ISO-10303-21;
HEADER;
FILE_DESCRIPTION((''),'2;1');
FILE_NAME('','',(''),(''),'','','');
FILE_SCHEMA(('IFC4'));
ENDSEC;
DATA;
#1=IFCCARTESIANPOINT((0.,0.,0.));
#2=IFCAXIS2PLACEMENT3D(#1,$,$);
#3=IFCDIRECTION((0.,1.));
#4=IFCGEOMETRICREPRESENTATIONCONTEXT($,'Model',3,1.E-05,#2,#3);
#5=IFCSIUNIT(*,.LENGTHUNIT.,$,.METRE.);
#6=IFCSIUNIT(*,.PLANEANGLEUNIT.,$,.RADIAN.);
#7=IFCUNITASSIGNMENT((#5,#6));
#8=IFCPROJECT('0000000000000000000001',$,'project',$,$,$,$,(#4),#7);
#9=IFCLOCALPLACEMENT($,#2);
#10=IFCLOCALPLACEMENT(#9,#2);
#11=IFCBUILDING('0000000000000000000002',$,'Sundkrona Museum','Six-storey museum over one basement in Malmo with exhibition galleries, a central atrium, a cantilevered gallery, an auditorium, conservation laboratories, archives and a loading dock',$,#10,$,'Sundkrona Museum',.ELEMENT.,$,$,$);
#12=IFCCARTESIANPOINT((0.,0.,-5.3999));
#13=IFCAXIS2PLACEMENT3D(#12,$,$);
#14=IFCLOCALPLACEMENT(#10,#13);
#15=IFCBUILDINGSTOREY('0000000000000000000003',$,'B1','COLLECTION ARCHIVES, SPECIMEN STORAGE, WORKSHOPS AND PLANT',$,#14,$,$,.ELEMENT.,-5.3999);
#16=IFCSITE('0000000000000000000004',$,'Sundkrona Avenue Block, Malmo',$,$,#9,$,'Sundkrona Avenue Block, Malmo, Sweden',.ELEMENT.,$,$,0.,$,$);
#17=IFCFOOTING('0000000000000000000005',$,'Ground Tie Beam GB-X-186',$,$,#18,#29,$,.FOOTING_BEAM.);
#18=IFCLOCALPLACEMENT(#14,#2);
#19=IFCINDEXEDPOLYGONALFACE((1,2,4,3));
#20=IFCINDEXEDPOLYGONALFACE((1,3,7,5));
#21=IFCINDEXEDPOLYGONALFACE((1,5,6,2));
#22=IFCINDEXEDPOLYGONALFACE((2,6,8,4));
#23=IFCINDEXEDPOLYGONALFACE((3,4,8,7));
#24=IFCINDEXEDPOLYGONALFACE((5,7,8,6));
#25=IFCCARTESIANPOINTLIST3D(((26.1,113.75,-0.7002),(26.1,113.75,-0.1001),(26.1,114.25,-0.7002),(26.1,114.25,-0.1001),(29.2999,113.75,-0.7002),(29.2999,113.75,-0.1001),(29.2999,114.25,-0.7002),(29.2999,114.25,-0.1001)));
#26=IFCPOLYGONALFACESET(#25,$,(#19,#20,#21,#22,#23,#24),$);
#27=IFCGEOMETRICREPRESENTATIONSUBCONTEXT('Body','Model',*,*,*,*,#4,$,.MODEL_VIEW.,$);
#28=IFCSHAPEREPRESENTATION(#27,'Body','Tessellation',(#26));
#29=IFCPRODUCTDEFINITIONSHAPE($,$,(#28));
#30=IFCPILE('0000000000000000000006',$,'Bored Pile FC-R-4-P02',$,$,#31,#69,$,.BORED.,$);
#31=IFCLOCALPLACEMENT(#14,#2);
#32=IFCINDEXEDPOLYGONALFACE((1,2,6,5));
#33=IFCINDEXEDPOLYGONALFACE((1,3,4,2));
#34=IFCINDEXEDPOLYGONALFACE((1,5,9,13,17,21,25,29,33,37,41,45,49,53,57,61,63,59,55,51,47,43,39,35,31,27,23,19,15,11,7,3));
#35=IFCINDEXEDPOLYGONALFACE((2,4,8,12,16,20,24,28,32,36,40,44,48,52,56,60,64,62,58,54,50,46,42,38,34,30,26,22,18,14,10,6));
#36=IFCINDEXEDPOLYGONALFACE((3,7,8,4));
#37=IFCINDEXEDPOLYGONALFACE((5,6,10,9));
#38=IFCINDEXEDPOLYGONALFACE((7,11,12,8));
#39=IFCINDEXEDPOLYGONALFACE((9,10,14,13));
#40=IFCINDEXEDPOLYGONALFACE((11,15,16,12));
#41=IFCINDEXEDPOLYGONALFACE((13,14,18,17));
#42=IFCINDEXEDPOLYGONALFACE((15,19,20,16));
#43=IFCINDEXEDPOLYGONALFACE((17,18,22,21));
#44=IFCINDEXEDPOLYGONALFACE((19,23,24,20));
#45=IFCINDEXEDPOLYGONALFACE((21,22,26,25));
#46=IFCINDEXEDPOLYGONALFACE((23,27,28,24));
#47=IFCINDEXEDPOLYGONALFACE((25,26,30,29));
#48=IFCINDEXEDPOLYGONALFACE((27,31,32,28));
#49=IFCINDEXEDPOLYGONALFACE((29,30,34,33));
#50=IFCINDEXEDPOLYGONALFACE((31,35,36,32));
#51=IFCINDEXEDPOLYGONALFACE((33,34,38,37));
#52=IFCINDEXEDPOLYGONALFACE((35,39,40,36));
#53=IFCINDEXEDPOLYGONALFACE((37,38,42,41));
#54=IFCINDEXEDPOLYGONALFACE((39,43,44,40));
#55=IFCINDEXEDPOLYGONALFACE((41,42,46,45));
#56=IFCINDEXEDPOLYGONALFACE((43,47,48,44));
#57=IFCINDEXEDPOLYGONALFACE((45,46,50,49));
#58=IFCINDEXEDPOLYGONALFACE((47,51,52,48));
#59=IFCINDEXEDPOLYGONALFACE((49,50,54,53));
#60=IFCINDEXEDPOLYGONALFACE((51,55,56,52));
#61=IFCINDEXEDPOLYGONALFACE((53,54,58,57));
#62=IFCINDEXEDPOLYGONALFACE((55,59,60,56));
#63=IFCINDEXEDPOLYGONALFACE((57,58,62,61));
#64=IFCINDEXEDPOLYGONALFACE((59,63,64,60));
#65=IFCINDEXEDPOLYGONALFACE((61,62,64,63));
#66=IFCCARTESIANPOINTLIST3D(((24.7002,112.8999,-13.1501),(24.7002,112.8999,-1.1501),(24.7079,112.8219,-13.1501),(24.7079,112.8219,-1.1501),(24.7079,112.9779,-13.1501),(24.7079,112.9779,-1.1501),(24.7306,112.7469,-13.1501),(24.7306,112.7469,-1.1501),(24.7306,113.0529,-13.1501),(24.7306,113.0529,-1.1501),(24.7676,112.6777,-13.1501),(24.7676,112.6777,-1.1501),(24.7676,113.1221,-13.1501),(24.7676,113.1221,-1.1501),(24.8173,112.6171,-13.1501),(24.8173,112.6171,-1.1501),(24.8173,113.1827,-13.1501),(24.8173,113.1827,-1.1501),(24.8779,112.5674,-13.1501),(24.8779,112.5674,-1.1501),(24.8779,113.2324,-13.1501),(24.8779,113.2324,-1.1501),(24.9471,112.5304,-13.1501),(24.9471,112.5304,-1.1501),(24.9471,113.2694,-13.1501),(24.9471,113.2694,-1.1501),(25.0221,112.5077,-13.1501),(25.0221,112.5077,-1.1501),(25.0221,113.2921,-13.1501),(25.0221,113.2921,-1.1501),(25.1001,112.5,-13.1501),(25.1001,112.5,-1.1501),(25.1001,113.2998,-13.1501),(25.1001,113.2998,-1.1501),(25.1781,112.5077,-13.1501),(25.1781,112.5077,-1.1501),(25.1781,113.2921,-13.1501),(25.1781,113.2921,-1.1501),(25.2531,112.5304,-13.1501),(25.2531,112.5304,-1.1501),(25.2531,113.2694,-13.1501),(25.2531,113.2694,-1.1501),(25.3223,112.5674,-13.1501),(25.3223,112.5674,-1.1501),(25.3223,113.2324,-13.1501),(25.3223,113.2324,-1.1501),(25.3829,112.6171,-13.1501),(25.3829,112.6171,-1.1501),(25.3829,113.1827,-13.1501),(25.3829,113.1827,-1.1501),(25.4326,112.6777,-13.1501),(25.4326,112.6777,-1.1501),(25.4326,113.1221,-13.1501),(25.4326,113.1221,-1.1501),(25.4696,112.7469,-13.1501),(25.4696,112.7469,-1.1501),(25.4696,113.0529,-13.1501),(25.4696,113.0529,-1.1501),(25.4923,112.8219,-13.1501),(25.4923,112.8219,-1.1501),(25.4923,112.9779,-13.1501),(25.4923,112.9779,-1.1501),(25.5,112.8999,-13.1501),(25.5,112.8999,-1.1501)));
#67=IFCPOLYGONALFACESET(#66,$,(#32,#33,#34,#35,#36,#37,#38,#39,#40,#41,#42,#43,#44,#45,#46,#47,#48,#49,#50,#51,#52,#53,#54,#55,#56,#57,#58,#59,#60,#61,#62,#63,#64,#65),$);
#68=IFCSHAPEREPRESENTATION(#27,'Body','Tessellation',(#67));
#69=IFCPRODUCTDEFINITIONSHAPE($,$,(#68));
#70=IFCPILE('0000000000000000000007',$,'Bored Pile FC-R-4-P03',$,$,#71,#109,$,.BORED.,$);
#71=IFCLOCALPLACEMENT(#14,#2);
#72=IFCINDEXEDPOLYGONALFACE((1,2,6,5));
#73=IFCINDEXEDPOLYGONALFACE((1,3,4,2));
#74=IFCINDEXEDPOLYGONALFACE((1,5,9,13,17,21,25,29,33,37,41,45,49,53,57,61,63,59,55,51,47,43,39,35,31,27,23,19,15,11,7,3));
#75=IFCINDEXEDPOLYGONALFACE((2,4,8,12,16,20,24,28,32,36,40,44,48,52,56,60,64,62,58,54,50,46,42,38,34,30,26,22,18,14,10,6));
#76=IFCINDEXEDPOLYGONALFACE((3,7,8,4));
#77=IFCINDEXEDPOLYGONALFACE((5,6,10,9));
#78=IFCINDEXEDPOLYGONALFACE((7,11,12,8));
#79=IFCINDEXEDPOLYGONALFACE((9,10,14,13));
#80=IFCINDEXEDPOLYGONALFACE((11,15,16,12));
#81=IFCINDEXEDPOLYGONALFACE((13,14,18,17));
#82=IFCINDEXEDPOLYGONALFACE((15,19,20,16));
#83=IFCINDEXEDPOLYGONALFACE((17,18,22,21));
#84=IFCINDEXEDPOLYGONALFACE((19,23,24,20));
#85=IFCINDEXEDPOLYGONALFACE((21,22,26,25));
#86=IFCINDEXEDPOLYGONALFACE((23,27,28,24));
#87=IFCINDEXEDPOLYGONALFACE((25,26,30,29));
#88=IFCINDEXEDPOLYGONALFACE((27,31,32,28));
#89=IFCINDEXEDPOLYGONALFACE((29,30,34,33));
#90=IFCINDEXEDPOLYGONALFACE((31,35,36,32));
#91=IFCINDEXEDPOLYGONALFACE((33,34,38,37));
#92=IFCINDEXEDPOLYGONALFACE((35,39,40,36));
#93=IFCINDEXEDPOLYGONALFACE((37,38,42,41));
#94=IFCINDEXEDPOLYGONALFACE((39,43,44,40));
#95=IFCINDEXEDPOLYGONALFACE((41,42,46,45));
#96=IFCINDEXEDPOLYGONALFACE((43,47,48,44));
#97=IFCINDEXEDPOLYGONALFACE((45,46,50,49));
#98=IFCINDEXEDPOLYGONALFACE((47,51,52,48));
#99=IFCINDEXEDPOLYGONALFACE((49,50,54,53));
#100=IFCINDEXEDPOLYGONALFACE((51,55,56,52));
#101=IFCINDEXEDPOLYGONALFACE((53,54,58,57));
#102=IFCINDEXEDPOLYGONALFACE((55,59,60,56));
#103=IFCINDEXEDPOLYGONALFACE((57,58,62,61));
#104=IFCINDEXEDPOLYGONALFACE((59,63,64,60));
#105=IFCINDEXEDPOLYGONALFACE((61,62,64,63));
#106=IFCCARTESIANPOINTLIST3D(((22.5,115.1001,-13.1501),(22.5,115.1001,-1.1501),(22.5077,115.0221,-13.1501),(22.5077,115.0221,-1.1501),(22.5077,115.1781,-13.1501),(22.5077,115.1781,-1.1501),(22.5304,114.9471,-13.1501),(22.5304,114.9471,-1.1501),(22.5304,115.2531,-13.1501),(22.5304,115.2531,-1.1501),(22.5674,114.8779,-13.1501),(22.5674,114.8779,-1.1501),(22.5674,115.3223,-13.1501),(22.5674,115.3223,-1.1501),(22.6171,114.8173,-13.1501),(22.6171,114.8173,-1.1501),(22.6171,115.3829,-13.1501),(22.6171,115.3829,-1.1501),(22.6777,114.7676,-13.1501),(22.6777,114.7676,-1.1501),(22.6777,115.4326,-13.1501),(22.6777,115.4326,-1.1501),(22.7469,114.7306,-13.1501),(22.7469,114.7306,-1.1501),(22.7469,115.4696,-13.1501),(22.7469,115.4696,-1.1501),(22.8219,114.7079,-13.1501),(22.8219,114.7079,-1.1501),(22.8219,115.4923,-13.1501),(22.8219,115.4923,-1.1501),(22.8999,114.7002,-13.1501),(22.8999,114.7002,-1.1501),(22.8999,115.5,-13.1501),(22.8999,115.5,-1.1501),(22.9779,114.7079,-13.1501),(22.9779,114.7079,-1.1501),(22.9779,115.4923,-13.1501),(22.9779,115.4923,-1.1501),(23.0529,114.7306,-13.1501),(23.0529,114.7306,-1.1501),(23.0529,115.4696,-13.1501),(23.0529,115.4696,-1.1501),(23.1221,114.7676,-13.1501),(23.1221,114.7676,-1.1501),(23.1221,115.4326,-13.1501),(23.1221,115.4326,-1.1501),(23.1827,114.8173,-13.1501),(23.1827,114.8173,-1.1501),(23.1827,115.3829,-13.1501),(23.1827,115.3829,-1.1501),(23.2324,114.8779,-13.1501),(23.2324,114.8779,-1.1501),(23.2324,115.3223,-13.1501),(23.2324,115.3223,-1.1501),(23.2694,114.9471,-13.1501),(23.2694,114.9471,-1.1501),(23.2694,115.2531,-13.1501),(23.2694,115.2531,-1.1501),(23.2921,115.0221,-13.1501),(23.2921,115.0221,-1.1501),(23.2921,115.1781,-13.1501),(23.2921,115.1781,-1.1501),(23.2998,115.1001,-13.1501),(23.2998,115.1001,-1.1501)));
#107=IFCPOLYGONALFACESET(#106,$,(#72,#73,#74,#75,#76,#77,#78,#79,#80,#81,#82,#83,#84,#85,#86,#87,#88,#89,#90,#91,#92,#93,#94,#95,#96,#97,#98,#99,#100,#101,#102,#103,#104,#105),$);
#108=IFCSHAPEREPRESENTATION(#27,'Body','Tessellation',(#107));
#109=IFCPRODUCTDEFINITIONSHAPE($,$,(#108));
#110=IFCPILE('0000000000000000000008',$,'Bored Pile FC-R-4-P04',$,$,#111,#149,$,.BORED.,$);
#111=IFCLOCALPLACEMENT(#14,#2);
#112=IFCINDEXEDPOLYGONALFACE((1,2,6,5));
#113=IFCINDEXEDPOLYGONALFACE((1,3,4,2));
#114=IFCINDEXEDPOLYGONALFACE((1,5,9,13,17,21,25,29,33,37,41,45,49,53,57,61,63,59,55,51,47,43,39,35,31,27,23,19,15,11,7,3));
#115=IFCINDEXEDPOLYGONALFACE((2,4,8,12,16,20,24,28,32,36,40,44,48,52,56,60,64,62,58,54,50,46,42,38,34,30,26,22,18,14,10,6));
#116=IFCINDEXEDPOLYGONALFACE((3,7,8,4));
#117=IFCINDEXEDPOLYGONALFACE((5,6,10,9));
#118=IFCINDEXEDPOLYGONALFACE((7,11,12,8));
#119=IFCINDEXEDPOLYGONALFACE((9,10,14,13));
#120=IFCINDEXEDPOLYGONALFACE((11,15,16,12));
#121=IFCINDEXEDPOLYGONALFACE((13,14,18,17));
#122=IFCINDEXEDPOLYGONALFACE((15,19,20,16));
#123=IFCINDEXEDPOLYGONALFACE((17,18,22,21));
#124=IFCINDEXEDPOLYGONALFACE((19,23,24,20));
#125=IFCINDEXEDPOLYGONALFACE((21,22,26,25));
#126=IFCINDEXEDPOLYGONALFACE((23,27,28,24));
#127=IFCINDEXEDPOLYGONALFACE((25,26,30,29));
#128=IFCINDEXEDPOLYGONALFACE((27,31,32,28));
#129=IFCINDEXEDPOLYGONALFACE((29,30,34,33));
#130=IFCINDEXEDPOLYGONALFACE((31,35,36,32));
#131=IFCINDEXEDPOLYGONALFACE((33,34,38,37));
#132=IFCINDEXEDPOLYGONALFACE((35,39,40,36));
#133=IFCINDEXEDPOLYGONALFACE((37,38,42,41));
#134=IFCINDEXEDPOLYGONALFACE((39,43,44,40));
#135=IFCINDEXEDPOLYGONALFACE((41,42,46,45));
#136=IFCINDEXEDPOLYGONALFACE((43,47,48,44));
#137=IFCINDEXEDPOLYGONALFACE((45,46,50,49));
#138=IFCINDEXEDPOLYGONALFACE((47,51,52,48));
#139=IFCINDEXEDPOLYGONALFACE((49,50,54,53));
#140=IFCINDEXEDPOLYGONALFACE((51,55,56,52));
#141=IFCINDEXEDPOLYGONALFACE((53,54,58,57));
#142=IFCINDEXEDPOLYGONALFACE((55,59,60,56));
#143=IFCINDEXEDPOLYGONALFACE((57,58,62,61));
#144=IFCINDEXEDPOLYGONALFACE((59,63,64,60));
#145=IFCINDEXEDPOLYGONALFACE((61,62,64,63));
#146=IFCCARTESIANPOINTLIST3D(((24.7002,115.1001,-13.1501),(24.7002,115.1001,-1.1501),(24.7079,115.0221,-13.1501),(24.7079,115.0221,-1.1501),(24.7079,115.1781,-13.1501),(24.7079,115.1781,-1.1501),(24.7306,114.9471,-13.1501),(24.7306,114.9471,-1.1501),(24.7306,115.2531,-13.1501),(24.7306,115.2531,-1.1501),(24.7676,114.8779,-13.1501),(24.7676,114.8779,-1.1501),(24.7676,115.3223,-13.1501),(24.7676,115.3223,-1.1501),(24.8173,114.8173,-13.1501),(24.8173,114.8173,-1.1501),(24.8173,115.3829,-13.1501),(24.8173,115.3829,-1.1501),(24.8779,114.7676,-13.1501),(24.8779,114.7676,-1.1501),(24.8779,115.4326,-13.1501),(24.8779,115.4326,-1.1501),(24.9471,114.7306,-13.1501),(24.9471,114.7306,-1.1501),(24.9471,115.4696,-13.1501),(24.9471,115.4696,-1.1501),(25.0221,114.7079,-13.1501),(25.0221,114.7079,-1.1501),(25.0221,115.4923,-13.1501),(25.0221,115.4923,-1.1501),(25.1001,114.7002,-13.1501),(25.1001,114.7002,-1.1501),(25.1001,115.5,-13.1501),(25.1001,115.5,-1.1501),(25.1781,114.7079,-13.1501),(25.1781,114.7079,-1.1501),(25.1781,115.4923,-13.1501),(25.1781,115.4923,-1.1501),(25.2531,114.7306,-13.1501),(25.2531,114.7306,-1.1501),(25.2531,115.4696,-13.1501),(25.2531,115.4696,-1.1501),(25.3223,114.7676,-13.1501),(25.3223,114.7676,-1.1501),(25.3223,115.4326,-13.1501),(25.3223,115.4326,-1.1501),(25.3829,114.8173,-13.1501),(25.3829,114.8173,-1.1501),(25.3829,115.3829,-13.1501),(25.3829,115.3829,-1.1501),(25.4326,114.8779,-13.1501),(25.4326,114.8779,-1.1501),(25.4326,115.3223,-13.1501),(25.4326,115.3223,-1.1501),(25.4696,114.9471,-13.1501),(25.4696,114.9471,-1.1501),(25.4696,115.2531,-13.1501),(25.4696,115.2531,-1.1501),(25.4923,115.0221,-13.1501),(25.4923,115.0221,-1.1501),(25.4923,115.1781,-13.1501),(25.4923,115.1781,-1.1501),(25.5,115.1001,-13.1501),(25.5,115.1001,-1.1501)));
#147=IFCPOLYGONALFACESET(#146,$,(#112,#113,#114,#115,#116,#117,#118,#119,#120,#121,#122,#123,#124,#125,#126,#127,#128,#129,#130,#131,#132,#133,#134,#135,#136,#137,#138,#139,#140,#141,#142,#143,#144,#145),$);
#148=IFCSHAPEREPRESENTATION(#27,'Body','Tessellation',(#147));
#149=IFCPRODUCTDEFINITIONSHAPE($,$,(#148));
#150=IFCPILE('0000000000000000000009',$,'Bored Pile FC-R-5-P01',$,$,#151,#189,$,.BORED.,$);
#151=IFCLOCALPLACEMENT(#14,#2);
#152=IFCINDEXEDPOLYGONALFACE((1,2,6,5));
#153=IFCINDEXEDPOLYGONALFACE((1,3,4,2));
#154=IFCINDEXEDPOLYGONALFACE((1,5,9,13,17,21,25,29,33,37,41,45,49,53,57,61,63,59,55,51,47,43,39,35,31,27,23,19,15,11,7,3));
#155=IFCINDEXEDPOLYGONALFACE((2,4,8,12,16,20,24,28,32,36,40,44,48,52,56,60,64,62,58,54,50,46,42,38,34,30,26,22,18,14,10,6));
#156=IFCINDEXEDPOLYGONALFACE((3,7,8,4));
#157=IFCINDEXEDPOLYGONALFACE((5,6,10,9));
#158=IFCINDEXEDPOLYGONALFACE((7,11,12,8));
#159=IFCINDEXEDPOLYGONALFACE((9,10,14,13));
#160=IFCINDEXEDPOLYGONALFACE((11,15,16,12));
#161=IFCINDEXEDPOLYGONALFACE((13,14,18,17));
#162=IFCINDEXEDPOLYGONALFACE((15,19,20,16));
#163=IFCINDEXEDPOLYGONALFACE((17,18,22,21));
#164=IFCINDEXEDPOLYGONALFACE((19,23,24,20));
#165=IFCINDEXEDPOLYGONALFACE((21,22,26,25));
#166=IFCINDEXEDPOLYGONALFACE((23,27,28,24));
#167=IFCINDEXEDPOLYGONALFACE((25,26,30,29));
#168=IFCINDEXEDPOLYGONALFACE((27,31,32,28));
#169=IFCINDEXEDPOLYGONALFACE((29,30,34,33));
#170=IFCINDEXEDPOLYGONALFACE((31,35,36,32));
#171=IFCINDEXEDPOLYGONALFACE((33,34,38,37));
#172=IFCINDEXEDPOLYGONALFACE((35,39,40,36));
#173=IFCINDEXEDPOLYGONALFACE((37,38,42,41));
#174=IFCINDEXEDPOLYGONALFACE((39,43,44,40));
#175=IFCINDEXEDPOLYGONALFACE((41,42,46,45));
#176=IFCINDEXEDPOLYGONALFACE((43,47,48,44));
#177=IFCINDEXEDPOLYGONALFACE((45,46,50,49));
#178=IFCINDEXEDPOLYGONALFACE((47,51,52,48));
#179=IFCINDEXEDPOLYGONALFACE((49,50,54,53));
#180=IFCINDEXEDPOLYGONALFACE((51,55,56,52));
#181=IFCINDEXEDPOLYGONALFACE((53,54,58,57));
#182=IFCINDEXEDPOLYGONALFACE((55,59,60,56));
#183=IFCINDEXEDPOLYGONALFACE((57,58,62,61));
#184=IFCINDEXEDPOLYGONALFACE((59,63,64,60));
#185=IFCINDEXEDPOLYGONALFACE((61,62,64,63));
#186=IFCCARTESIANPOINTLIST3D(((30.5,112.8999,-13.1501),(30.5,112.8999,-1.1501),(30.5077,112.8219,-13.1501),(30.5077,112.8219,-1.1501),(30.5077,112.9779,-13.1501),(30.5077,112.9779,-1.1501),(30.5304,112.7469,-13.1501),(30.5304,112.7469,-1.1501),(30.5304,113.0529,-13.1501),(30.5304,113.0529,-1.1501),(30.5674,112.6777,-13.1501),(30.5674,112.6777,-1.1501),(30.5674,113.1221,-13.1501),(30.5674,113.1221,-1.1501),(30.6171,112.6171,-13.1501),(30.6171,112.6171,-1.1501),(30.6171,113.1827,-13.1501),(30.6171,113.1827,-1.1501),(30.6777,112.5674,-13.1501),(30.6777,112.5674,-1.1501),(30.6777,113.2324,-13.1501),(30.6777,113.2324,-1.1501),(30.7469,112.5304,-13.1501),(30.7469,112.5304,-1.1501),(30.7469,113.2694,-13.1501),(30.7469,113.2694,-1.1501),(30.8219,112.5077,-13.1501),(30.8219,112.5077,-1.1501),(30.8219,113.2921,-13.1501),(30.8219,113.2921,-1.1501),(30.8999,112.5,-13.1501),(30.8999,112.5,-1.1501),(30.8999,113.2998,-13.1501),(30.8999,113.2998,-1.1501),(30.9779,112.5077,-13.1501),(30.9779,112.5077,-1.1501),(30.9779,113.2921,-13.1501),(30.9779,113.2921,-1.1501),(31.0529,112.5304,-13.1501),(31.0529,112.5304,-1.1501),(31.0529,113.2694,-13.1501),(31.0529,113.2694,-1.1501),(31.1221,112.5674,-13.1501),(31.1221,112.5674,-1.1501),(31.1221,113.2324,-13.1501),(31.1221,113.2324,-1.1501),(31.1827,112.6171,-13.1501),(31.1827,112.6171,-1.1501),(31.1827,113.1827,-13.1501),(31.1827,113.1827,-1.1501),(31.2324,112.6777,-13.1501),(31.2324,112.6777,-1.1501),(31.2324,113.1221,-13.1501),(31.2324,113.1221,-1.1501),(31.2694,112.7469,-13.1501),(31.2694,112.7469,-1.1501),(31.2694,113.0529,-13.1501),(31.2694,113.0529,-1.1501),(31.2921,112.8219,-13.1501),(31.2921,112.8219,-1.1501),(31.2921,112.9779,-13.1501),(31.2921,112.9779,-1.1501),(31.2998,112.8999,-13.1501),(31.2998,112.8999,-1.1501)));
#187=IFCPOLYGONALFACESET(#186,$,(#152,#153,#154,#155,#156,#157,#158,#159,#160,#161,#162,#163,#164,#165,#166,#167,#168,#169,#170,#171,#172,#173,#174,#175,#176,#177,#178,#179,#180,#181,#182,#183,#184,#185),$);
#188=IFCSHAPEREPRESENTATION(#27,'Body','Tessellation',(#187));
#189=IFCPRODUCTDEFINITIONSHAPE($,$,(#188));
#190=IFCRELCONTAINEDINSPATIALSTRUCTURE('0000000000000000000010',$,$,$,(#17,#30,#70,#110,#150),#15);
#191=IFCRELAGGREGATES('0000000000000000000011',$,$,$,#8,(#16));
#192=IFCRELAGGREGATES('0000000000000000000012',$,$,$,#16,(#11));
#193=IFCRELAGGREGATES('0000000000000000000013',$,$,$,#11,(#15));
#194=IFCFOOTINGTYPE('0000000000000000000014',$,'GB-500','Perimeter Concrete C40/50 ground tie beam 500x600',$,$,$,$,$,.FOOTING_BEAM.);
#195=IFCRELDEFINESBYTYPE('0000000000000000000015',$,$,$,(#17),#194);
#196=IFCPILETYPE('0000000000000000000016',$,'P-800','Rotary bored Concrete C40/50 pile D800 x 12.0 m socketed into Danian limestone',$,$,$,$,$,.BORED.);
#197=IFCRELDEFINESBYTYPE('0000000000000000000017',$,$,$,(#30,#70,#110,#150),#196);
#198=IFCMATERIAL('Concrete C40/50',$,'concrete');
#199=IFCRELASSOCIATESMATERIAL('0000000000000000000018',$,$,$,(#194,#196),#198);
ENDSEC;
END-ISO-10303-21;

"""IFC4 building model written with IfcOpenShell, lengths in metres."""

from ifc_helpers import new_model, si_unit, direction, frame, origin, origin_2d, place, context, subcontext, project, spatial, rectangle, circle, extrude, material, material_profile, profile_set, type_object, element, save


model = new_model("IFC4")

# Units and contexts
model_context = context("Model", 3, precision=1e-05, world=origin(), true_north=direction((0.0, 1.0)))
body_context = subcontext(model_context, "Body", "Model", "MODEL_VIEW")
ifc_project = project(units=[si_unit("LENGTHUNIT", "METRE"), si_unit("PLANEANGLEUNIT", "RADIAN")], contexts=[model_context])

# Site, building, storey
site_placement = place(None, origin())
site = spatial("IfcSite", under=ifc_project, at=site_placement, Name="Sundkrona Avenue Block, Malmo", LongName="Sundkrona Avenue Block, Malmo, Sweden", CompositionType="ELEMENT", RefElevation=0.0)
building_placement = place(site_placement, origin())
building = spatial("IfcBuilding", under=site, at=building_placement, Name="Sundkrona Museum", Description="Six-storey museum over one basement in Malmo with exhibition galleries, a central atrium, a cantilevered gallery, an auditorium, conservation laboratories, archives and a loading dock", LongName="Sundkrona Museum", CompositionType="ELEMENT")
storey_placement = place(building_placement, frame((0.0, 0.0, -5.3999)))
storey = spatial("IfcBuildingStorey", under=building, at=storey_placement, Name="B1", Description="COLLECTION ARCHIVES, SPECIMEN STORAGE, WORKSHOPS AND PLANT", CompositionType="ELEMENT", Elevation=-5.3999)

# Footing
ifc_material_1 = material(Name="Concrete C40/50", Category="concrete")
footing_type_1 = type_object("IfcFootingType", Name="GB-500", Description="Perimeter Concrete C40/50 ground tie beam 500x600", PredefinedType="FOOTING_BEAM", material=ifc_material_1)
footing_1_placement = place(storey_placement, frame((27.7, 114.0, -0.7002), z_axis=(0.0, 0.0, 1.0), x_axis=(1.0, 0.0, 0.0)))
element("IfcFooting", 1, at=footing_1_placement, inside=storey, type_object=footing_type_1, Name="Ground Tie Beam GB-X-186", PredefinedType="FOOTING_BEAM", context=body_context, shape_type="SweptSolid", body=[
    extrude(rectangle(XDim=3.2, YDim=0.5, at=origin_2d()), origin(), (0.0, 0.0, 1.0), 0.6001),
])

# Piles
ifc_material_profile_1 = material_profile(ifc_material_1, circle(Radius=0.3999, at=origin_2d()), Name="PILE D800")
ifc_profile_set_1 = profile_set([ifc_material_profile_1], Name="Concrete C40/50")
pile_type = type_object("IfcPileType", Name="P-800", Description="Rotary bored Concrete C40/50 pile D800 x 12.0 m socketed into Danian limestone", PredefinedType="BORED", material=ifc_profile_set_1)
for number, where, z_axis, x_axis, name in (
    (2, (25.1001, 112.8999, -1.1501), (0.0, 0.0, -1.0), (1.0, 0.0, 0.0), "Bored Pile FC-R-4-P02"),
    (3, (22.8999, 115.1001, -1.1501), (0.0, 0.0, -1.0), (1.0, 0.0, 0.0), "Bored Pile FC-R-4-P03"),
    (4, (25.1001, 115.1001, -1.1501), (0.0, 0.0, -1.0), (1.0, 0.0, 0.0), "Bored Pile FC-R-4-P04"),
    (5, (30.8999, 112.8999, -1.1501), (0.0, 0.0, -1.0), (1.0, 0.0, 0.0), "Bored Pile FC-R-5-P01"),
):
    element("IfcPile", number, at=place(storey_placement, frame(where, z_axis=z_axis, x_axis=x_axis)), inside=storey, type_object=pile_type, Name=name, PredefinedType="BORED", context=body_context, shape_type="SweptSolid", body=[
        extrude(circle(Radius=0.3999, at=origin_2d()), origin(), (0.0, 0.0, 1.0), 12.0),
    ])

save(model, "model.ifc")
